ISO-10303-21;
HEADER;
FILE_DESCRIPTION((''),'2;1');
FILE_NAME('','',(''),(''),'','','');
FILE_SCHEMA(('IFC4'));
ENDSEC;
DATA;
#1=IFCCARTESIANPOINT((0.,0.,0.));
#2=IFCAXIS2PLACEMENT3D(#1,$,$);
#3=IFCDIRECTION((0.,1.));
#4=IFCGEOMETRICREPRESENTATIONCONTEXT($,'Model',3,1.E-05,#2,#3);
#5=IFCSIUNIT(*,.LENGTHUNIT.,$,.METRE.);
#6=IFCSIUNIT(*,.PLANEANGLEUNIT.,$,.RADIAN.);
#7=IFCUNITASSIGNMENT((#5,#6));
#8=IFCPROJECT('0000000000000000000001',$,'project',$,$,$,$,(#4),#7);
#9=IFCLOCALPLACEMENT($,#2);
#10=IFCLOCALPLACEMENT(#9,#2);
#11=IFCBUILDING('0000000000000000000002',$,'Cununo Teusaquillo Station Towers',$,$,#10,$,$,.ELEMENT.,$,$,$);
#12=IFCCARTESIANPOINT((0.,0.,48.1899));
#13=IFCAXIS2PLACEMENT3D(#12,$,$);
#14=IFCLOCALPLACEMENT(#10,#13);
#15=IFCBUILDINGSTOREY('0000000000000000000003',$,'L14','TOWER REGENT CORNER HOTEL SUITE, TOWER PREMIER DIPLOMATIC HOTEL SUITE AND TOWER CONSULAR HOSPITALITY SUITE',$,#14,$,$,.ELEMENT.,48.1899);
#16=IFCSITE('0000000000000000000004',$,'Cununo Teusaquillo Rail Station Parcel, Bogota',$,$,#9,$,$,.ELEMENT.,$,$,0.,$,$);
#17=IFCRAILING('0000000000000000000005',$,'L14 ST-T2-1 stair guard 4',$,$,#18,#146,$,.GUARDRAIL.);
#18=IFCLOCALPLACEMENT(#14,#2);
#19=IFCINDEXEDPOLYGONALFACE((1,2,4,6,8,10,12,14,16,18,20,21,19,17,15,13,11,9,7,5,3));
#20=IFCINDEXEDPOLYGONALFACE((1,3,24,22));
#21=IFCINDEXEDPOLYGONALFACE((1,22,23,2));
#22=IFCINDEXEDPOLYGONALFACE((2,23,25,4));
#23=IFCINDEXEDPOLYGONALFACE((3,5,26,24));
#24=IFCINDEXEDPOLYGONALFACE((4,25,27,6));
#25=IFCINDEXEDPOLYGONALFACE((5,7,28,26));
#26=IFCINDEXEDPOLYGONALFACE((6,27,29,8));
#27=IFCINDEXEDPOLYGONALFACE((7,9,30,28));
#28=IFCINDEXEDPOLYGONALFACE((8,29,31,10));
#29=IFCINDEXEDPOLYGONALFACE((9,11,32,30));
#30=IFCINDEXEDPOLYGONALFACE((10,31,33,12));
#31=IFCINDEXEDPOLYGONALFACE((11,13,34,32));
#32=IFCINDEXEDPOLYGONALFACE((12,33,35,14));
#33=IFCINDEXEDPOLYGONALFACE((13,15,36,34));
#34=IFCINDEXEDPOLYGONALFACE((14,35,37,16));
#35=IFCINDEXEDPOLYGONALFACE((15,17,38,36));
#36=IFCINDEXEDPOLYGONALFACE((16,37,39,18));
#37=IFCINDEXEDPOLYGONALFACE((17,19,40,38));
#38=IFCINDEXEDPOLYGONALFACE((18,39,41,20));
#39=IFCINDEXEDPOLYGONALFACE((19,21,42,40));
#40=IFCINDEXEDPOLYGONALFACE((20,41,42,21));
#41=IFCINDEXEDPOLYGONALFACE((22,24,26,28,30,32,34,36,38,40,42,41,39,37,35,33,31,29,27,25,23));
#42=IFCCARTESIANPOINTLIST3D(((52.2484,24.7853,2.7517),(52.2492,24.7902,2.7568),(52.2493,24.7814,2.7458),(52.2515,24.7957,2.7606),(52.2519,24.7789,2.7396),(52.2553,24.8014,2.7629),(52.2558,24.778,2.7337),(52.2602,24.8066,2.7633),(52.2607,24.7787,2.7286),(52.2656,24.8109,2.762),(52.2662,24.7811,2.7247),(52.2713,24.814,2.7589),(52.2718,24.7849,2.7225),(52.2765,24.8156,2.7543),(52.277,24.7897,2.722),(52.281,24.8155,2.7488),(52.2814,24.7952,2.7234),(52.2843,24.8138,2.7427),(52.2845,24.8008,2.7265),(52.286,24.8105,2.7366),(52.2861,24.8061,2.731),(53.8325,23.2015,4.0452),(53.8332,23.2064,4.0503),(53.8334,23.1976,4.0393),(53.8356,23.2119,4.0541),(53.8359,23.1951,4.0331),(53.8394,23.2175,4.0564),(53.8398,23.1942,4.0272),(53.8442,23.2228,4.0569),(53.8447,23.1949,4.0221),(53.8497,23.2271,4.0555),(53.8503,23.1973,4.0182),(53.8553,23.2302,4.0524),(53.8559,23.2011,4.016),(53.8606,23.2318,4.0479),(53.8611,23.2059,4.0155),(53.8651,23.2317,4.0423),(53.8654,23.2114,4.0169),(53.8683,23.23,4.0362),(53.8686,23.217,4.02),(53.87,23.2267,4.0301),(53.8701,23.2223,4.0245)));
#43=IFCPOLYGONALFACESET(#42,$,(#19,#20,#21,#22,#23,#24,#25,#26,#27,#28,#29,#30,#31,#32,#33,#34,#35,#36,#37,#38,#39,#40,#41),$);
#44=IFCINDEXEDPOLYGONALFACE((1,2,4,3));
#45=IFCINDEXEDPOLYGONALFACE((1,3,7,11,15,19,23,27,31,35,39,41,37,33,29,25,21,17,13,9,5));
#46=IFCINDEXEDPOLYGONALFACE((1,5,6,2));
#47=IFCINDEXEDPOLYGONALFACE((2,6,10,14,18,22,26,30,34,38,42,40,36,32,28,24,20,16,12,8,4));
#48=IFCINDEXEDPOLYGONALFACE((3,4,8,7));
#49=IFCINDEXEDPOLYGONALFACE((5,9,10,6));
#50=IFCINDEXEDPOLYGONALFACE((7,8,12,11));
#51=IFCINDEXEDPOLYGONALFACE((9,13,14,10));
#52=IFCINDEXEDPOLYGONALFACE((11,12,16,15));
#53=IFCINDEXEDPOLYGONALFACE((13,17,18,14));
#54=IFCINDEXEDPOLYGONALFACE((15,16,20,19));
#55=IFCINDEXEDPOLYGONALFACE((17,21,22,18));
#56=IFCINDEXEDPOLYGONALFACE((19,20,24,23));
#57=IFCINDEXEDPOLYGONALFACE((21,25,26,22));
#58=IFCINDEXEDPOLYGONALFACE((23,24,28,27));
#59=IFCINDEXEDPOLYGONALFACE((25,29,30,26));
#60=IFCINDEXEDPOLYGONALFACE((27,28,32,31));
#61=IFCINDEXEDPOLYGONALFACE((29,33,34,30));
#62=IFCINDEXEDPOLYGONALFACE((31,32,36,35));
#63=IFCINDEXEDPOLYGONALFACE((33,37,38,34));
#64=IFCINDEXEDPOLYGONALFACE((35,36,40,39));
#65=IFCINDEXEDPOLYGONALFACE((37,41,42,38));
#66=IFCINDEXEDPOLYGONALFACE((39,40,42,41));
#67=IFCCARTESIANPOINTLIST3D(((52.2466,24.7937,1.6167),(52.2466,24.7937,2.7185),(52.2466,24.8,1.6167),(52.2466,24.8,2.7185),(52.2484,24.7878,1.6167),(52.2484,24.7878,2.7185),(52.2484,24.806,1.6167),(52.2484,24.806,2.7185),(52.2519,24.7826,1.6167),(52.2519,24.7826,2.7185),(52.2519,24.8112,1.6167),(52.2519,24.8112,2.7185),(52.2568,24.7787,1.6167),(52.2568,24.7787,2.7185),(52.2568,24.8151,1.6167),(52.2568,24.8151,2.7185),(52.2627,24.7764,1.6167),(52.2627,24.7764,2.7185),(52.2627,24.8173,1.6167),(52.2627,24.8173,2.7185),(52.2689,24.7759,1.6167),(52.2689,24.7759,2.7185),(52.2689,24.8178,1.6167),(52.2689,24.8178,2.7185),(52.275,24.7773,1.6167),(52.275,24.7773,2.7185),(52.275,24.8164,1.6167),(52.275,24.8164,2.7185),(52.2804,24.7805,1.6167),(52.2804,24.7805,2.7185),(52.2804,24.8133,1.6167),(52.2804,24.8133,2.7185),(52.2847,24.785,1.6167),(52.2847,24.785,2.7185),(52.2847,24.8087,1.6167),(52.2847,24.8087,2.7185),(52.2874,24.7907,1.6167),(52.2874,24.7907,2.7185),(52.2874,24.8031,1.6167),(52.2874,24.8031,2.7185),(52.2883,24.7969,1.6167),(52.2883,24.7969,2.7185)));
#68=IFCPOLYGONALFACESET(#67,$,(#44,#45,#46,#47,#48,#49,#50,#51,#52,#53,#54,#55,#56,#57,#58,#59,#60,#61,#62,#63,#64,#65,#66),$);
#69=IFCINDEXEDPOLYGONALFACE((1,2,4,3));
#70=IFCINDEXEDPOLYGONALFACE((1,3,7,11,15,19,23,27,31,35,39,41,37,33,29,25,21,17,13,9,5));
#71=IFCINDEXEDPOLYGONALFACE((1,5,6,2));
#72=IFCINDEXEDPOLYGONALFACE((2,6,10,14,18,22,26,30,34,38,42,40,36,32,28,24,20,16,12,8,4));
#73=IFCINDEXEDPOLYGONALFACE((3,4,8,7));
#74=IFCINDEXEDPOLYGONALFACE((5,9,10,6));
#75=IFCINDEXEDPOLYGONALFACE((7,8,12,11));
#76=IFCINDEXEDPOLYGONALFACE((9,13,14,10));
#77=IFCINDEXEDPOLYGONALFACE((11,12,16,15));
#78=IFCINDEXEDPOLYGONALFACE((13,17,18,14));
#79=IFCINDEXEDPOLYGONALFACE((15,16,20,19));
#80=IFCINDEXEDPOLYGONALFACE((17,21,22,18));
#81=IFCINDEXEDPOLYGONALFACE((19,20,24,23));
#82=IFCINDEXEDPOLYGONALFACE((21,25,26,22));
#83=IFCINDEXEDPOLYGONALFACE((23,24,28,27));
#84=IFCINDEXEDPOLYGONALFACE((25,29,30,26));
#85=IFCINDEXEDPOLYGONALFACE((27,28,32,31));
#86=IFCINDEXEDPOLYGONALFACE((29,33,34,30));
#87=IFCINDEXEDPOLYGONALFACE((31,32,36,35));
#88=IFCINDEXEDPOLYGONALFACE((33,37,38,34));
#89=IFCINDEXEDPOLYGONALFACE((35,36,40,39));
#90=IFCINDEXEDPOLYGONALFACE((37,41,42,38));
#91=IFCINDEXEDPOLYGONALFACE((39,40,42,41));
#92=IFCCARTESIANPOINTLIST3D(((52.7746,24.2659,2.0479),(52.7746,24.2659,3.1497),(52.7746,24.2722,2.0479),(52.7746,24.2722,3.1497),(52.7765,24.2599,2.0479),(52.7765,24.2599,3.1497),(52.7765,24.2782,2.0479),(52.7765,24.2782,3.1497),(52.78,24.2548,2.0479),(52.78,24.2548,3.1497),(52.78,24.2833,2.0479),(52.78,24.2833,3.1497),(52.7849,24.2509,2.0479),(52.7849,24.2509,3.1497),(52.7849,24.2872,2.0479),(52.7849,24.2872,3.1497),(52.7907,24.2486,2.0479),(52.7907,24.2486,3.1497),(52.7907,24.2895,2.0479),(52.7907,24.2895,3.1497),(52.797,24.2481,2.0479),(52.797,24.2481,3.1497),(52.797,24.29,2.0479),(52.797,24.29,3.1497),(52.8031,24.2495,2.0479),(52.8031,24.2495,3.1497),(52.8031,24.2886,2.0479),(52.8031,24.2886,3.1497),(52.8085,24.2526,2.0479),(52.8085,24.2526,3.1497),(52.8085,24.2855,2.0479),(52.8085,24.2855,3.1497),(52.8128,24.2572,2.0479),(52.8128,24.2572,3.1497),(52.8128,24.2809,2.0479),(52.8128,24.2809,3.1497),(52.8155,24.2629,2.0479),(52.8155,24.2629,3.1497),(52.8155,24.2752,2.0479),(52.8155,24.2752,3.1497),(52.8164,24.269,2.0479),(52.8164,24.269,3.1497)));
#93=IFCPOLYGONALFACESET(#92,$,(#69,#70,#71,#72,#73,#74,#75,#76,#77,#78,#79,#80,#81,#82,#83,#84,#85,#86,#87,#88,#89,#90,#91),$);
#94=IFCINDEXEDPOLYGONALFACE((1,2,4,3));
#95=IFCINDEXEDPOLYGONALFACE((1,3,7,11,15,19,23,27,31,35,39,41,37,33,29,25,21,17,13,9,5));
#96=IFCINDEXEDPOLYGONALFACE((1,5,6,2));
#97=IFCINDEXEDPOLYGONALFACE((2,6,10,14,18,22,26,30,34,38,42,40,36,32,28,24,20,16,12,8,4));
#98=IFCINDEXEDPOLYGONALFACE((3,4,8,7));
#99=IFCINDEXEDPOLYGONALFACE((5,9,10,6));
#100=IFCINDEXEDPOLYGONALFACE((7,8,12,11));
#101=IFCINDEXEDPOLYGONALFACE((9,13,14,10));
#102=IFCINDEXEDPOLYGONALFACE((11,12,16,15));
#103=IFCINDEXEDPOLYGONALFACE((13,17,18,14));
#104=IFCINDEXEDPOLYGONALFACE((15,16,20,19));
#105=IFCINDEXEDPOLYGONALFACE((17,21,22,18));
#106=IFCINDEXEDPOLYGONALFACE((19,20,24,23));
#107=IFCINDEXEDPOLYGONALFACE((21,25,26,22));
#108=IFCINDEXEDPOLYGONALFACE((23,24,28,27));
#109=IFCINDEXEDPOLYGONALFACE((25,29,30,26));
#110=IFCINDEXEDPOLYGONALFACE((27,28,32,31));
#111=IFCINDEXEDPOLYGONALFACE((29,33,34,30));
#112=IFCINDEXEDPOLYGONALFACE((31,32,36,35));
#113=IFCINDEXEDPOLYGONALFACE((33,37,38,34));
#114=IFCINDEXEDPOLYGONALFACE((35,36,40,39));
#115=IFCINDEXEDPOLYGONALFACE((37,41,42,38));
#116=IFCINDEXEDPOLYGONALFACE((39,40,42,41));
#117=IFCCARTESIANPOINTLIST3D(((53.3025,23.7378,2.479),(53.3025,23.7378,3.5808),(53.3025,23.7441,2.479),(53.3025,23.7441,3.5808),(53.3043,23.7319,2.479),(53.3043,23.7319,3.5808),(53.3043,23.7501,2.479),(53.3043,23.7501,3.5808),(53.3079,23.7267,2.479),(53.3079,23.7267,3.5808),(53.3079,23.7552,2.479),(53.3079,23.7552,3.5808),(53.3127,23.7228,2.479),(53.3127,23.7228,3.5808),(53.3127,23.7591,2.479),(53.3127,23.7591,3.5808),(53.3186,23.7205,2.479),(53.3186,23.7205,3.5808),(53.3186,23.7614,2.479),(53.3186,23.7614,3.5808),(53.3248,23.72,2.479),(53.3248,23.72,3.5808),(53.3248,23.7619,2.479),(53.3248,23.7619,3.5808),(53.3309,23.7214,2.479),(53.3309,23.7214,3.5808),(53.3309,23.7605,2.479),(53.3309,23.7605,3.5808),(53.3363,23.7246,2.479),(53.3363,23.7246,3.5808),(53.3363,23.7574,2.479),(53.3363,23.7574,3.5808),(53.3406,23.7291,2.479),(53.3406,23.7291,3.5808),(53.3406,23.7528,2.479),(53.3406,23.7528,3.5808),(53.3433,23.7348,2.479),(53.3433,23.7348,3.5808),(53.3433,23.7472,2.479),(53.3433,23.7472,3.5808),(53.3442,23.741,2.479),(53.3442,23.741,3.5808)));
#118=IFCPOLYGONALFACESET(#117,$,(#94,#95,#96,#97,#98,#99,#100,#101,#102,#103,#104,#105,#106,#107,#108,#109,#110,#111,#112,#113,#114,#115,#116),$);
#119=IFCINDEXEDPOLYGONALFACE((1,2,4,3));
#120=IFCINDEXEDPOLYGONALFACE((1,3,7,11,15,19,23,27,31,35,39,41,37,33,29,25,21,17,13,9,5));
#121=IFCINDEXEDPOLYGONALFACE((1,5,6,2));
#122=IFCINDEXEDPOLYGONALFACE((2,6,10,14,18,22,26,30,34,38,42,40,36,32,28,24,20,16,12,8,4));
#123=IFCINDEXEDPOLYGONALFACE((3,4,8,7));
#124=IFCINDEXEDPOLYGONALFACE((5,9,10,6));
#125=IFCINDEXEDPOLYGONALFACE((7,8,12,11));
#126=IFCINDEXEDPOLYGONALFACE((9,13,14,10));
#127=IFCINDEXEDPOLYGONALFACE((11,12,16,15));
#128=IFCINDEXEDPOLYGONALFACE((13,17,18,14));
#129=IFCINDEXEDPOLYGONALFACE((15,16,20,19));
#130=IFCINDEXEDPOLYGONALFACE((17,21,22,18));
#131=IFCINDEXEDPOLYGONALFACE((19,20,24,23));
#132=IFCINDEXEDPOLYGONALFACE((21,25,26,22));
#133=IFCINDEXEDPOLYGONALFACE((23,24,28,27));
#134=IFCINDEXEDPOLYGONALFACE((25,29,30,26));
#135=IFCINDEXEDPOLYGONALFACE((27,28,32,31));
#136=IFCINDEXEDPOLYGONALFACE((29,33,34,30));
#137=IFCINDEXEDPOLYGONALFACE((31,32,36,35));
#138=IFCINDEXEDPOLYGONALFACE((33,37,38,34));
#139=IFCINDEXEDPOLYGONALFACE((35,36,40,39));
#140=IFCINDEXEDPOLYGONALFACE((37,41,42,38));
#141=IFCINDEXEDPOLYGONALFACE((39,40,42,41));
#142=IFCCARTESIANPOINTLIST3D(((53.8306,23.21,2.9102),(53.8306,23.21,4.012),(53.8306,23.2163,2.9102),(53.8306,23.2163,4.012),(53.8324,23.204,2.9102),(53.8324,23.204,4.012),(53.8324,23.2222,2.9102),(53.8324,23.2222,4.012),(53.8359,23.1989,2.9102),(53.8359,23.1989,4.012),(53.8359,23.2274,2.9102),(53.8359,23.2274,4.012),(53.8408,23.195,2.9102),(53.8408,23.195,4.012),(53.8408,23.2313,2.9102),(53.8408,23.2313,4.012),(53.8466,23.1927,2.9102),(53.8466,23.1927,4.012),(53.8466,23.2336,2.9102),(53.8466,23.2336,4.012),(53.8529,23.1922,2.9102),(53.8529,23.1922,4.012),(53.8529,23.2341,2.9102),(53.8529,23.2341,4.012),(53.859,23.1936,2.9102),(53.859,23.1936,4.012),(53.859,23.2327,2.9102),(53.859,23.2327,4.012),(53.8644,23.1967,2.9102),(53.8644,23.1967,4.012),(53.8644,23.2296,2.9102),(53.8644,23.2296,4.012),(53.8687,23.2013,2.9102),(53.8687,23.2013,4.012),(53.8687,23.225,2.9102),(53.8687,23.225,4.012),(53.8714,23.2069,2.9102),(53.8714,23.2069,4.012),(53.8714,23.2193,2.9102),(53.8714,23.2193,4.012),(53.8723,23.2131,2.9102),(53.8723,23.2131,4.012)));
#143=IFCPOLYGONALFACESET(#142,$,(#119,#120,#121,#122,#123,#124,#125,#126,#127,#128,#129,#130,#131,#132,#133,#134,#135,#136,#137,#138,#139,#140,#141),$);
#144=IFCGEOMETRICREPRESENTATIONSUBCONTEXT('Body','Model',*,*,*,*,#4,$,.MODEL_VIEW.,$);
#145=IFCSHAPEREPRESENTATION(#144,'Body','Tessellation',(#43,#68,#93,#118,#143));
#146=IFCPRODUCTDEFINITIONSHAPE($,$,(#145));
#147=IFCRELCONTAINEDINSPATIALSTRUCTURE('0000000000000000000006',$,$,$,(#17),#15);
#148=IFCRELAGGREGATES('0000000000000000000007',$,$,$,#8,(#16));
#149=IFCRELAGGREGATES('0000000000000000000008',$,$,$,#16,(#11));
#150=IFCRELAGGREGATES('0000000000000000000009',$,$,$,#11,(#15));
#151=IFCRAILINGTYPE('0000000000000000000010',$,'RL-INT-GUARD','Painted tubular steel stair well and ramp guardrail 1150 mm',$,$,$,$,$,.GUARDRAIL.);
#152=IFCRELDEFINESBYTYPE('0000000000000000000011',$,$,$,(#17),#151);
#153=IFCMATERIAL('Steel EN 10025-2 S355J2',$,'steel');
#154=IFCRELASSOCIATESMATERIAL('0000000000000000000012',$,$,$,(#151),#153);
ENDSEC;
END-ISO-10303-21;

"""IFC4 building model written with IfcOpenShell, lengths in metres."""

from ifc_helpers import new_model, si_unit, direction, frame, origin, origin_2d, place, context, subcontext, project, spatial, circle, extrude, material, type_object, element, save


model = new_model("IFC4")

# Units and contexts
model_context = context("Model", 3, precision=1e-05, world=origin(), true_north=direction((0.0, 1.0)))
body_context = subcontext(model_context, "Body", "Model", "MODEL_VIEW")
ifc_project = project(units=[si_unit("LENGTHUNIT", "METRE"), si_unit("PLANEANGLEUNIT", "RADIAN")], contexts=[model_context])

# Site, building, storey
site_placement = place(None, origin())
site = spatial("IfcSite", under=ifc_project, at=site_placement, Name="Cununo Teusaquillo Rail Station Parcel, Bogota", CompositionType="ELEMENT", RefElevation=0.0)
building_placement = place(site_placement, origin())
building = spatial("IfcBuilding", under=site, at=building_placement, Name="Cununo Teusaquillo Station Towers", CompositionType="ELEMENT")
storey_placement = place(building_placement, frame((0.0, 0.0, 48.1899)))
storey = spatial("IfcBuildingStorey", under=building, at=storey_placement, Name="L14", Description="TOWER REGENT CORNER HOTEL SUITE, TOWER PREMIER DIPLOMATIC HOTEL SUITE AND TOWER CONSULAR HOSPITALITY SUITE", CompositionType="ELEMENT", Elevation=48.1899)

# Railing
ifc_material_1 = material(Name="Steel EN 10025-2 S355J2", Category="steel")
railing_type_1 = type_object("IfcRailingType", Name="RL-INT-GUARD", Description="Painted tubular steel stair well and ramp guardrail 1150 mm", PredefinedType="GUARDRAIL", material=ifc_material_1)
railing_1_placement = place(storey_placement, frame((52.2673, 24.7969, 1.6167)))
element("IfcRailing", 1, at=railing_1_placement, inside=storey, type_object=railing_type_1, Name="L14 ST-T2-1 stair guard 4", PredefinedType="GUARDRAIL", context=body_context, shape_type="SweptSolid", body=[
    extrude(circle(Radius=0.0239, at=origin_2d()), frame((0.0, 0.0, 1.126), z_axis=(0.612391, -0.612297, 0.500069), x_axis=(0.707052, 0.707161, 0.0)), (0.0, 0.0, 1.0), 2.5867),
    extrude(circle(Radius=0.021, at=origin_2d()), origin(), (0.0, 0.0, 1.0), 1.1018),
    extrude(circle(Radius=0.021, at=origin_2d()), frame((0.5281, -0.5278, 0.4312)), (0.0, 0.0, 1.0), 1.1018),
    extrude(circle(Radius=0.021, at=origin_2d()), frame((1.0559, -1.0559, 0.8623)), (0.0, 0.0, 1.0), 1.1018),
    extrude(circle(Radius=0.021, at=origin_2d()), frame((1.584, -1.5837, 1.2935)), (0.0, 0.0, 1.0), 1.1018),
])

save(model, "model.ifc")
